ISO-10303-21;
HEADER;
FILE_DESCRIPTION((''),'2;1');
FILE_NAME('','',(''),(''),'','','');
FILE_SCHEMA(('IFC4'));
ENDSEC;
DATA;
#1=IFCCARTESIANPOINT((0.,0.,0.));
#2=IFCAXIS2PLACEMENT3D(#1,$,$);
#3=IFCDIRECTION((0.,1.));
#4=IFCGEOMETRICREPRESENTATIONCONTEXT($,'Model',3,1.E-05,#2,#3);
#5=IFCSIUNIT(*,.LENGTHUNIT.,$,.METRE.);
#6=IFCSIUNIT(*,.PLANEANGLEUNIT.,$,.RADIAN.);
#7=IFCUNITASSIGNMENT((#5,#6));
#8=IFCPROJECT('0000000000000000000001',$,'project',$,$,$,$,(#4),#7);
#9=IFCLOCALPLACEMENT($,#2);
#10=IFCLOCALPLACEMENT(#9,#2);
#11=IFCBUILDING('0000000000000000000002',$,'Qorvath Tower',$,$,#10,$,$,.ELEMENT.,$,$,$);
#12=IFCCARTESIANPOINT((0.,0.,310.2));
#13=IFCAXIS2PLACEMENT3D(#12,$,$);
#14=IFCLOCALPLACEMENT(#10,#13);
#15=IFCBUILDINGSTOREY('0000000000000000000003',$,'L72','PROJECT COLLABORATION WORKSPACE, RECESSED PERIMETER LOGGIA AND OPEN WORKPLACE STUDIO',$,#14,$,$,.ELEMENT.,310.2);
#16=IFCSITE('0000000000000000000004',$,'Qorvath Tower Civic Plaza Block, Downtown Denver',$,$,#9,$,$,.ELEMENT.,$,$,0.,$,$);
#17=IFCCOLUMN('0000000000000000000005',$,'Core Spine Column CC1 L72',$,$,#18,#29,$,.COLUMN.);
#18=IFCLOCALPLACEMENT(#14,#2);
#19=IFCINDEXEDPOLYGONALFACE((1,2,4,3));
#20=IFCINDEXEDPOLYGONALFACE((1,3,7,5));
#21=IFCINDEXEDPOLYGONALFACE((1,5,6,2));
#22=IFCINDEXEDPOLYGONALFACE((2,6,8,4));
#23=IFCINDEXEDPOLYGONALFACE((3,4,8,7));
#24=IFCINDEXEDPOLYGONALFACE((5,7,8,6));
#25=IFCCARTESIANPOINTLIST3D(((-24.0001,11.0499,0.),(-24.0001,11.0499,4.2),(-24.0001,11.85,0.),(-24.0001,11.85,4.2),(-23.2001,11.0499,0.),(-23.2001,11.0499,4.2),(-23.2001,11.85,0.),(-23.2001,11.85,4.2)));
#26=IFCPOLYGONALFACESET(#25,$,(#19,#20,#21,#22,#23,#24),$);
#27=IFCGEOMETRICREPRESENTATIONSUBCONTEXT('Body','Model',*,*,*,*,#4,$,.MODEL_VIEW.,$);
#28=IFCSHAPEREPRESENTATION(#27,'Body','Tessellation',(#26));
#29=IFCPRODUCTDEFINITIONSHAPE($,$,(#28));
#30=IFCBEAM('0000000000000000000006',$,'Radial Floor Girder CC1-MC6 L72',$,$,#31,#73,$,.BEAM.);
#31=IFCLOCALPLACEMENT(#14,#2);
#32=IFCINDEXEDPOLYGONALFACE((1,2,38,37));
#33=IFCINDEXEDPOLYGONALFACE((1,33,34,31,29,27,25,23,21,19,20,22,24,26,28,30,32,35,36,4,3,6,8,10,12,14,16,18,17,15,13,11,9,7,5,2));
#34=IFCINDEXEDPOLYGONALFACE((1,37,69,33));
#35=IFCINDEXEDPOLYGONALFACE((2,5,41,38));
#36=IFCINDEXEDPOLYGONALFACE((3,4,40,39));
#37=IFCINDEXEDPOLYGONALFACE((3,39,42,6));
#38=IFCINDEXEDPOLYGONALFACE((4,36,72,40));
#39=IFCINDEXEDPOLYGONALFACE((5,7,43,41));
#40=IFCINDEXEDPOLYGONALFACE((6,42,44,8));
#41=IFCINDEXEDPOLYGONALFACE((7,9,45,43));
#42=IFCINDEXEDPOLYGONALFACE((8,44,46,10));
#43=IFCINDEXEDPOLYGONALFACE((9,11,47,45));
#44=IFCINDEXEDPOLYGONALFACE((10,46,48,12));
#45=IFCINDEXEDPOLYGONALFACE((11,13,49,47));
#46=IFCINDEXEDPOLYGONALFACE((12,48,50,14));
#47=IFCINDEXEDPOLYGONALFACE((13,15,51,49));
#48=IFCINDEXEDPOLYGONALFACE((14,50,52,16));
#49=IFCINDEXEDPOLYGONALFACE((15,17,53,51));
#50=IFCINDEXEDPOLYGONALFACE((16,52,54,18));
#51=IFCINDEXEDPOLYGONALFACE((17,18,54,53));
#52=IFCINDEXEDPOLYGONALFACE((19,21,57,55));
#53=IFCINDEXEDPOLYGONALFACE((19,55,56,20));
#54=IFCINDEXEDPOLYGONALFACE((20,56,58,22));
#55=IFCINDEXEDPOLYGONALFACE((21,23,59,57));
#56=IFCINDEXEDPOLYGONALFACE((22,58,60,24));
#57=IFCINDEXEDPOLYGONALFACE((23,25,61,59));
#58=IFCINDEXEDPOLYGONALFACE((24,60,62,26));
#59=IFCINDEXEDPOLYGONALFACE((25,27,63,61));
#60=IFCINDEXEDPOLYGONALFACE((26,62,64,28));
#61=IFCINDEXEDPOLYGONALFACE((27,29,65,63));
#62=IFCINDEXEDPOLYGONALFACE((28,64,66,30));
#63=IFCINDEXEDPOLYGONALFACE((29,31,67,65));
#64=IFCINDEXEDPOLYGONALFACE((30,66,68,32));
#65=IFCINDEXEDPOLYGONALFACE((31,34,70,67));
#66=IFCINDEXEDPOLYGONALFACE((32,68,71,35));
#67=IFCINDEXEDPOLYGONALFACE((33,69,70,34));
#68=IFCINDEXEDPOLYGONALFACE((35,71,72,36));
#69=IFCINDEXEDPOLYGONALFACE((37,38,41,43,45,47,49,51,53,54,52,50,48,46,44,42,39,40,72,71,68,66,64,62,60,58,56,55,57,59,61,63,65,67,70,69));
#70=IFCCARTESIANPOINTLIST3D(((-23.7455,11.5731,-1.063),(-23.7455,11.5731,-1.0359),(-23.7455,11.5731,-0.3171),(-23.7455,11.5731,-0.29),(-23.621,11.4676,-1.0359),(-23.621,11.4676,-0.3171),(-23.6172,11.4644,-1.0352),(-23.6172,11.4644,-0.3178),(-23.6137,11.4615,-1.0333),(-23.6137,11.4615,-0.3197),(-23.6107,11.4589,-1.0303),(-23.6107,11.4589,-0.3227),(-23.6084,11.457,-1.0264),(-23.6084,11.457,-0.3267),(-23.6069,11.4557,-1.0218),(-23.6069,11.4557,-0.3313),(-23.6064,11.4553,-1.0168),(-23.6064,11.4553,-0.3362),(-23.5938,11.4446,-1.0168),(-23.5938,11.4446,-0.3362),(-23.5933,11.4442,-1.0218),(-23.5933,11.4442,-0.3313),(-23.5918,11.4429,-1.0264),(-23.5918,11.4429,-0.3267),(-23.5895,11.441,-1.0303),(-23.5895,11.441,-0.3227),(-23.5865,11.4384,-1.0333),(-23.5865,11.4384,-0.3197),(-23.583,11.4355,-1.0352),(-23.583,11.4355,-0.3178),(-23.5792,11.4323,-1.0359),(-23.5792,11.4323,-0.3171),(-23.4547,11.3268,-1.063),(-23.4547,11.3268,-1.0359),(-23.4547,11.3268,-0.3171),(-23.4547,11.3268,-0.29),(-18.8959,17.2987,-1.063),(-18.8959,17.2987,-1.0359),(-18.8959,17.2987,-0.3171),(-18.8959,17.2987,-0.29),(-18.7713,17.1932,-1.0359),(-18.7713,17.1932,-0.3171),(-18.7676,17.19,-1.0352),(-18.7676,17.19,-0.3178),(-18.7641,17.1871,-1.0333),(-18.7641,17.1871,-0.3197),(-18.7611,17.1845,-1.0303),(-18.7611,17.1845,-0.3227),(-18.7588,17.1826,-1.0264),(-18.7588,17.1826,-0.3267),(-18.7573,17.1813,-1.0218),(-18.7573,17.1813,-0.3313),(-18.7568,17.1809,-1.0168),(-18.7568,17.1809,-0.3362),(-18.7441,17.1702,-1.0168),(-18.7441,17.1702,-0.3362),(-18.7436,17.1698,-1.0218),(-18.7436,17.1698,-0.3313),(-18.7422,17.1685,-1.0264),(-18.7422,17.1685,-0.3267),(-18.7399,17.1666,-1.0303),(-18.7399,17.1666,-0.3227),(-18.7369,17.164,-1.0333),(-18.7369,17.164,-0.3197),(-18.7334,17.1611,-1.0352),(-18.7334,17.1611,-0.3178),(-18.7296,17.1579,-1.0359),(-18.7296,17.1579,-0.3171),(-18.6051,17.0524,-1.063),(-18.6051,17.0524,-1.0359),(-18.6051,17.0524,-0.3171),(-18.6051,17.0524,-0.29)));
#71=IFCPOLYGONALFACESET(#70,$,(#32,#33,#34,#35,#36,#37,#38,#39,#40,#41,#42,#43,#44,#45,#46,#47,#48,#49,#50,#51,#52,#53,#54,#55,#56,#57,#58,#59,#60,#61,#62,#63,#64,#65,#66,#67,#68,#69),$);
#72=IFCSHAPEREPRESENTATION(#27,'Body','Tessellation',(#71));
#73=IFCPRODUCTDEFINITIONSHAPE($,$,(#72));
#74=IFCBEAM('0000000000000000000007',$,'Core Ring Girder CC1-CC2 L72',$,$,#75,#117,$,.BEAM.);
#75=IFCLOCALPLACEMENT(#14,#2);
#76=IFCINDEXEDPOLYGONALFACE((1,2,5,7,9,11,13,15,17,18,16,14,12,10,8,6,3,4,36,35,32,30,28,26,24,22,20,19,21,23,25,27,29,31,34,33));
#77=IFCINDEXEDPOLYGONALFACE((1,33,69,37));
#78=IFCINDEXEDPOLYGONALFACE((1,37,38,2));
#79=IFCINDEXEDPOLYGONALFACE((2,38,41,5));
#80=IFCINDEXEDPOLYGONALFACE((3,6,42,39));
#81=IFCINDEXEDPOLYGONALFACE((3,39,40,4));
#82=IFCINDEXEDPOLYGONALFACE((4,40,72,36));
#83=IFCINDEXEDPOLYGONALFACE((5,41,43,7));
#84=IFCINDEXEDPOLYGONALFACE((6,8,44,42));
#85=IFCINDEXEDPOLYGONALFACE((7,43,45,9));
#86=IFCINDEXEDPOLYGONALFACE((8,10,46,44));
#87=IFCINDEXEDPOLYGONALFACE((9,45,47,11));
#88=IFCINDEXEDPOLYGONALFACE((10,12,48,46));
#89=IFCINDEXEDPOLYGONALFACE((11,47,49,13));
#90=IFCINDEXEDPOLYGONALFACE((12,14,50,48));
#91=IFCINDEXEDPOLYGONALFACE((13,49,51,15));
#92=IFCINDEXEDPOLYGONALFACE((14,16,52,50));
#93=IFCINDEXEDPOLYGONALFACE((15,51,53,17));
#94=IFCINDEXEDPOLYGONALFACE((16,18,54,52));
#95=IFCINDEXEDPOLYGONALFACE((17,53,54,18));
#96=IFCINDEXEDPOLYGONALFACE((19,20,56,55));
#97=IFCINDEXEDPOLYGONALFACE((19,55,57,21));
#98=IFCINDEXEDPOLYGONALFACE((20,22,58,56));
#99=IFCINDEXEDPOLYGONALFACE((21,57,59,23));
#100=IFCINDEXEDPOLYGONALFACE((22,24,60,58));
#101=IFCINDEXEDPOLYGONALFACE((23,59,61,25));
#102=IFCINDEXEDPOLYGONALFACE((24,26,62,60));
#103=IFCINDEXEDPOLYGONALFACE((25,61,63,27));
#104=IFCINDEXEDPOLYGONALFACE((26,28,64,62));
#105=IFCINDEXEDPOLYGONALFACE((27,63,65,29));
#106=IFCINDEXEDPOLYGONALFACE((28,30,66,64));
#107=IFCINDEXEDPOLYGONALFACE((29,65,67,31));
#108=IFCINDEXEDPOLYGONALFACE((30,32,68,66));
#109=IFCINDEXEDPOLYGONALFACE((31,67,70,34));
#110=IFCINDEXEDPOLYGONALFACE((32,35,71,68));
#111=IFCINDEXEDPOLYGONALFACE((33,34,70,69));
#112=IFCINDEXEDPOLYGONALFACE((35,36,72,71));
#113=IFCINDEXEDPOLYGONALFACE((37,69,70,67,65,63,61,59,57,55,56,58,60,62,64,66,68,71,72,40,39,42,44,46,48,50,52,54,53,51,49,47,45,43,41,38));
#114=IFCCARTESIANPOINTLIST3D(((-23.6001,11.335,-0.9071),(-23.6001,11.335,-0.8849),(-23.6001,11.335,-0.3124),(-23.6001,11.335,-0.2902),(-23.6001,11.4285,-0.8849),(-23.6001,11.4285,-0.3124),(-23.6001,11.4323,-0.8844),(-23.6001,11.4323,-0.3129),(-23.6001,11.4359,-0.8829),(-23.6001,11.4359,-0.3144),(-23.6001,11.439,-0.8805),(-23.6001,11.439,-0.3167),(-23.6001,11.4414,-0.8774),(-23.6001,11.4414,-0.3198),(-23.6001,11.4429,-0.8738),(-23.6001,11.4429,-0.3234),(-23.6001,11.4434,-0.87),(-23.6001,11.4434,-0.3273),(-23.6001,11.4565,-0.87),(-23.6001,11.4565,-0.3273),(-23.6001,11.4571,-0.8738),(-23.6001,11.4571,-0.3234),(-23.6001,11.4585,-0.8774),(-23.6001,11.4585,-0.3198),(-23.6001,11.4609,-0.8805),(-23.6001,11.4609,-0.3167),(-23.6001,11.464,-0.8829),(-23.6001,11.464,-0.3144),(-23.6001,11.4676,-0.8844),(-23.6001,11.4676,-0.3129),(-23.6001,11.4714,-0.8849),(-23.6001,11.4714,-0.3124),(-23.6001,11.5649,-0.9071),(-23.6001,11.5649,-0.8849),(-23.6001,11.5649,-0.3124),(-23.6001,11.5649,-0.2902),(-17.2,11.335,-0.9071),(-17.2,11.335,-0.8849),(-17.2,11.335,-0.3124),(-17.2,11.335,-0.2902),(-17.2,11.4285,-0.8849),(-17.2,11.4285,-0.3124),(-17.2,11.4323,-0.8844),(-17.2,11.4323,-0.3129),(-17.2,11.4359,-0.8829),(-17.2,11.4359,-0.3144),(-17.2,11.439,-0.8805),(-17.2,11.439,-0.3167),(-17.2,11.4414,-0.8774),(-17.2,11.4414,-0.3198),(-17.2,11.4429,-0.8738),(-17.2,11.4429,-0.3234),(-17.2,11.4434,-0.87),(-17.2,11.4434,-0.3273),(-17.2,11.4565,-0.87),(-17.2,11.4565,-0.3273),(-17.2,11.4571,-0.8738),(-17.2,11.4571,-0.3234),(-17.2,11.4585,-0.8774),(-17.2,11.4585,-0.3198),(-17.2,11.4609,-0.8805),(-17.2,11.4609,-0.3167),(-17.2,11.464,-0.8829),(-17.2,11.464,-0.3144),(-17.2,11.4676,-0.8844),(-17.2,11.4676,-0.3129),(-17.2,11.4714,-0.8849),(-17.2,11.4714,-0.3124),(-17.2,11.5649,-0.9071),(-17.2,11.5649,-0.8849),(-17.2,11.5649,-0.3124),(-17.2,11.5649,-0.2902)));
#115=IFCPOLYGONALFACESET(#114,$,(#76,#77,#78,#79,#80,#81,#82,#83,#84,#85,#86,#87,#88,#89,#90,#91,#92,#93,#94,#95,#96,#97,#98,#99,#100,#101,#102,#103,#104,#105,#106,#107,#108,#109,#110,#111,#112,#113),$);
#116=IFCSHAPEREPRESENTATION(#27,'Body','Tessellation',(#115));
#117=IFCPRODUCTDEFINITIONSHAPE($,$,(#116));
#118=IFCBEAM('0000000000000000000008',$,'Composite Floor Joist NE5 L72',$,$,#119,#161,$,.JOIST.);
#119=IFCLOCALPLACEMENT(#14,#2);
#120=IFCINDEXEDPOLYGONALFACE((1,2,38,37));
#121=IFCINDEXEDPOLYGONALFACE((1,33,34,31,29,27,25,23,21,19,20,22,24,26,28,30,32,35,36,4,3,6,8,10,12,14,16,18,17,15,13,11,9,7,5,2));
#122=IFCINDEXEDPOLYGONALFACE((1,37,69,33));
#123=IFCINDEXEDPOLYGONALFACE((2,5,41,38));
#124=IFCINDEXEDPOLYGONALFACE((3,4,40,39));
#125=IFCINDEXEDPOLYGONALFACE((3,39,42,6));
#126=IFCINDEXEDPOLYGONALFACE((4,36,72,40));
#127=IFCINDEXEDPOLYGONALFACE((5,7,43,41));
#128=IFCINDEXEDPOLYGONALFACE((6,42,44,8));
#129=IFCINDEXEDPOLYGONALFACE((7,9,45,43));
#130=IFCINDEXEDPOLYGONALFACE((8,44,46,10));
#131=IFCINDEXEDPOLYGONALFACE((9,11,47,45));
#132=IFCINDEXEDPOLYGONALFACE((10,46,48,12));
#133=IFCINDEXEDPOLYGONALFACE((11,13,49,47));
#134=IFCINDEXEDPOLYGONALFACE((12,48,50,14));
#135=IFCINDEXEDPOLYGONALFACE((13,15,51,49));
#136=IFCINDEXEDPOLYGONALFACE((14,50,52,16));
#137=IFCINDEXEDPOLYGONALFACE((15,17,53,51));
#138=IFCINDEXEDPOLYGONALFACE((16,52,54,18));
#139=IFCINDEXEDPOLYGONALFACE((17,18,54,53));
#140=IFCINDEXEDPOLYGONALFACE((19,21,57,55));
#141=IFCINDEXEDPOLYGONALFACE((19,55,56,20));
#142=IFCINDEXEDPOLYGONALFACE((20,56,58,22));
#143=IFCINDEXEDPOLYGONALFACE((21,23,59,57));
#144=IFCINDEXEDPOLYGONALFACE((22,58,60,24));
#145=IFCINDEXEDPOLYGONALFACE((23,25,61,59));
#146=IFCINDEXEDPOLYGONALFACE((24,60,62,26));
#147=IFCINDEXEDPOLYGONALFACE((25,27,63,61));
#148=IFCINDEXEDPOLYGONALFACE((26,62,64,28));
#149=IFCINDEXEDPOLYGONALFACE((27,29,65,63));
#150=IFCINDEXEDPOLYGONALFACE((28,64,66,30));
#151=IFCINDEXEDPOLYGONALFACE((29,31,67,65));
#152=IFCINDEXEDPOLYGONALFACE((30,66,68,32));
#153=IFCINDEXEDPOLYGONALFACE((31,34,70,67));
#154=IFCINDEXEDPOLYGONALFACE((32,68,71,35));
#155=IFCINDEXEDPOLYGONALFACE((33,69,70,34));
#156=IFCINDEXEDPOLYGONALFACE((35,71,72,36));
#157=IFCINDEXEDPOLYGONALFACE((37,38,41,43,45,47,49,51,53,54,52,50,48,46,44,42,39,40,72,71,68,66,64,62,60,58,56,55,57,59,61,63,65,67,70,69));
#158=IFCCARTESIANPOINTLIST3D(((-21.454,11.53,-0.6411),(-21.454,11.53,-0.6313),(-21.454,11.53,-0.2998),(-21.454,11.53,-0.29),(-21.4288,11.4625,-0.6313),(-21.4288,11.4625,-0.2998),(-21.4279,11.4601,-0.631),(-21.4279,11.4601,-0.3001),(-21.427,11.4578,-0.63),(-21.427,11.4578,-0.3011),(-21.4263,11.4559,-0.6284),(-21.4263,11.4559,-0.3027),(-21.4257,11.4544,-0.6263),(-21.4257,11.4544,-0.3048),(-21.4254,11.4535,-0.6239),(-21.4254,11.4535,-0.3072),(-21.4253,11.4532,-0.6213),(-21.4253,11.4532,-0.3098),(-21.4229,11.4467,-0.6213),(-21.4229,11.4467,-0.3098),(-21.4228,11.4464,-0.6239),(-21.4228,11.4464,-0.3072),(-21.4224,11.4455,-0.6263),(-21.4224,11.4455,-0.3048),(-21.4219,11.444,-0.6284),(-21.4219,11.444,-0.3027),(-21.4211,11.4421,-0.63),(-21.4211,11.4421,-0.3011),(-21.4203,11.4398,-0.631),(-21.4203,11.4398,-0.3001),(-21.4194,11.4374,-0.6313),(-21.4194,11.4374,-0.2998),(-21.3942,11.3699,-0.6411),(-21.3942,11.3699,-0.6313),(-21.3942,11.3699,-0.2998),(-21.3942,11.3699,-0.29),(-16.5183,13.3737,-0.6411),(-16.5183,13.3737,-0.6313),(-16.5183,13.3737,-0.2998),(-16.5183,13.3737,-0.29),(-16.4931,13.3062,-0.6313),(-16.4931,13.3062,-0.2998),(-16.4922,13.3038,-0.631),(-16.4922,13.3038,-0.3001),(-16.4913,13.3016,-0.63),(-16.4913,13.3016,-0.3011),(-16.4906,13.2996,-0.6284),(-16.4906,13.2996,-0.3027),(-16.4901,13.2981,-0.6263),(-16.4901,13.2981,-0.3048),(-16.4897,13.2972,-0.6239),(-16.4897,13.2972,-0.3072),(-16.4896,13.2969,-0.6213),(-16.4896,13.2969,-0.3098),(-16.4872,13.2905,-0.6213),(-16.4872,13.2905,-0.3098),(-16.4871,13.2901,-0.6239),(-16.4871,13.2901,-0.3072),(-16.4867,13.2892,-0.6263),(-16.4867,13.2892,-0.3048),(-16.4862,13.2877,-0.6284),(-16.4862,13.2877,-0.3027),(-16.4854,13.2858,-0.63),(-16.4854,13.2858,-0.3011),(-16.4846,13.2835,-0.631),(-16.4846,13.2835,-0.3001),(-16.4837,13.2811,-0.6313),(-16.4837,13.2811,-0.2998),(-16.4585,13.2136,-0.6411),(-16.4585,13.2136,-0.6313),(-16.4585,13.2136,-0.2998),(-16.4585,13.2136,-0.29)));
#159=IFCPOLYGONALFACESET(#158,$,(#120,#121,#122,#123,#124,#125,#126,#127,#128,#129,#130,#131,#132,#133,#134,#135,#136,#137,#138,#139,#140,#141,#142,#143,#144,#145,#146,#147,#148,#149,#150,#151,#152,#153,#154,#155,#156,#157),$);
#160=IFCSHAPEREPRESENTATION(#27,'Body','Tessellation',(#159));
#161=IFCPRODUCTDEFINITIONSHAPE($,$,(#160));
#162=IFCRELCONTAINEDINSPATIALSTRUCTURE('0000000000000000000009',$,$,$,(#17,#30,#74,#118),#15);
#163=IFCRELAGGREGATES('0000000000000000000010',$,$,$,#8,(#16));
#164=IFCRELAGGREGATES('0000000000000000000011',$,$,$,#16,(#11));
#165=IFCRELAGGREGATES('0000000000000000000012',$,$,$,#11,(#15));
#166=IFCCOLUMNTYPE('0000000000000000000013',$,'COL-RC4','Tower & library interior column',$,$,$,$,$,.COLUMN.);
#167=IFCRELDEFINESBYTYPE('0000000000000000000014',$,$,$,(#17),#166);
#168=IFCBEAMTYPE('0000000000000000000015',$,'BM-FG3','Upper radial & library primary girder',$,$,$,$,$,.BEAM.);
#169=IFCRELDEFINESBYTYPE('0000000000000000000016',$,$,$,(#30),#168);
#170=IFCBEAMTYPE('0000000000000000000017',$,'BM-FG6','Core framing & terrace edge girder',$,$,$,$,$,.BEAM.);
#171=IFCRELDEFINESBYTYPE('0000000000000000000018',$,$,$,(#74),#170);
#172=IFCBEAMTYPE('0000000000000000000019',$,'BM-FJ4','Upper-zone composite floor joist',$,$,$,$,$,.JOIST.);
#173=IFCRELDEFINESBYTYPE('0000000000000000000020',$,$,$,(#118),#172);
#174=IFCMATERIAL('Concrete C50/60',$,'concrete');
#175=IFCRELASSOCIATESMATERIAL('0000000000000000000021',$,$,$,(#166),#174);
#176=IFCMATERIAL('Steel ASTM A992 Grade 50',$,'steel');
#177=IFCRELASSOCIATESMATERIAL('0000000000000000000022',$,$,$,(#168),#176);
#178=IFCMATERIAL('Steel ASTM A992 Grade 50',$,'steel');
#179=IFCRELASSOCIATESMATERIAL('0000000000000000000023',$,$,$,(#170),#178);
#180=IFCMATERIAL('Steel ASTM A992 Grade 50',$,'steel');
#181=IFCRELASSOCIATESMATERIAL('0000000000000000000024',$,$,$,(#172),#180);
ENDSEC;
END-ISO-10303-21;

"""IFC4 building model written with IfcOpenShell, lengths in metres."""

from ifc_helpers import new_model, si_unit, direction, frame, origin, origin_2d, place, context, subcontext, project, spatial, rectangle, i_section, extrude, material, material_profile, profile_set, type_object, element, save


model = new_model("IFC4")

# Units and contexts
model_context = context("Model", 3, precision=1e-05, world=origin(), true_north=direction((0.0, 1.0)))
body_context = subcontext(model_context, "Body", "Model", "MODEL_VIEW")
ifc_project = project(units=[si_unit("LENGTHUNIT", "METRE"), si_unit("PLANEANGLEUNIT", "RADIAN")], contexts=[model_context])

# Site, building, storey
site_placement = place(None, origin())
site = spatial("IfcSite", under=ifc_project, at=site_placement, Name="Qorvath Tower Civic Plaza Block, Downtown Denver", CompositionType="ELEMENT", RefElevation=0.0)
building_placement = place(site_placement, origin())
building = spatial("IfcBuilding", under=site, at=building_placement, Name="Qorvath Tower", CompositionType="ELEMENT")
storey_placement = place(building_placement, frame((0.0, 0.0, 310.2)))
storey = spatial("IfcBuildingStorey", under=building, at=storey_placement, Name="L72", Description="PROJECT COLLABORATION WORKSPACE, RECESSED PERIMETER LOGGIA AND OPEN WORKPLACE STUDIO", CompositionType="ELEMENT", Elevation=310.2)

# Column
ifc_material_1 = material(Name="Concrete C50/60", Category="concrete")
ifc_material_profile_1 = material_profile(ifc_material_1, rectangle(XDim=0.8, YDim=0.8, at=origin_2d()), Name="RC 800x800")
ifc_profile_set_1 = profile_set([ifc_material_profile_1], Name="Concrete C50/60")
column_type = type_object("IfcColumnType", Name="COL-RC4", Description="Tower & library interior column", PredefinedType="COLUMN", material=ifc_profile_set_1)
column_placement = place(storey_placement, frame((-23.6001, 11.45, 0.0), z_axis=(0.0, 0.0, 1.0), x_axis=(1.0, 0.0, 0.0)))
element("IfcColumn", 1, at=column_placement, inside=storey, type_object=column_type, Name="Core Spine Column CC1 L72", PredefinedType="COLUMN", context=body_context, shape_type="SweptSolid", body=[
    extrude(rectangle(XDim=0.8, YDim=0.8, at=origin_2d()), origin(), (0.0, 0.0, 1.0), 4.2),
])

# Beams
ifc_material_2 = material(Name="Steel ASTM A992 Grade 50", Category="steel")
ifc_material_profile_2 = material_profile(ifc_material_2, i_section(OverallWidth=0.3811, OverallDepth=0.7729, WebThickness=0.0166, FlangeThickness=0.0271, FilletRadius=0.019, at=origin_2d()), Name="W30x173")
ifc_profile_set_2 = profile_set([ifc_material_profile_2], Name="Steel ASTM A992 Grade 50")
beam_type_1 = type_object("IfcBeamType", Name="BM-FG3", Description="Upper radial & library primary girder", PredefinedType="BEAM", material=ifc_profile_set_2)
beam_1_placement = place(storey_placement, frame((-23.6001, 11.45, -0.6765), z_axis=(0.646321, 0.763065, 0.0), x_axis=(-0.763065, 0.646321, 0.0)))
element("IfcBeam", 2, at=beam_1_placement, inside=storey, type_object=beam_type_1, Name="Radial Floor Girder CC1-MC6 L72", PredefinedType="BEAM", context=body_context, shape_type="SweptSolid", body=[
    extrude(i_section(OverallWidth=0.3811, OverallDepth=0.7729, WebThickness=0.0166, FlangeThickness=0.0271, FilletRadius=0.019, at=origin_2d()), origin(), (0.0, 0.0, 1.0), 7.5034),
])
ifc_material_3 = material(Name="Steel ASTM A992 Grade 50", Category="steel")
ifc_material_profile_3 = material_profile(ifc_material_3, i_section(OverallWidth=0.23, OverallDepth=0.6169, WebThickness=0.0132, FlangeThickness=0.0222, FilletRadius=0.0149, at=origin_2d()), Name="W24x94")
ifc_profile_set_3 = profile_set([ifc_material_profile_3], Name="Steel ASTM A992 Grade 50")
beam_type_2 = type_object("IfcBeamType", Name="BM-FG6", Description="Core framing & terrace edge girder", PredefinedType="BEAM", material=ifc_profile_set_3)
beam_2_placement = place(storey_placement, frame((-23.6001, 11.45, -0.5986), z_axis=(1.0, 0.0, 0.0), x_axis=(0.0, 1.0, 0.0)))
element("IfcBeam", 3, at=beam_2_placement, inside=storey, type_object=beam_type_2, Name="Core Ring Girder CC1-CC2 L72", PredefinedType="BEAM", context=body_context, shape_type="SweptSolid", body=[
    extrude(i_section(OverallWidth=0.23, OverallDepth=0.6169, WebThickness=0.0132, FlangeThickness=0.0222, FilletRadius=0.0149, at=origin_2d()), origin(), (0.0, 0.0, 1.0), 6.4001),
])
ifc_material_4 = material(Name="Steel ASTM A992 Grade 50", Category="steel")
ifc_material_profile_4 = material_profile(ifc_material_4, i_section(OverallWidth=0.1709, OverallDepth=0.3511, WebThickness=0.0068, FlangeThickness=0.0098, FilletRadius=0.01, at=origin_2d()), Name="W14x30")
ifc_profile_set_4 = profile_set([ifc_material_profile_4], Name="Steel ASTM A992 Grade 50")
beam_type_3 = type_object("IfcBeamType", Name="BM-FJ4", Description="Upper-zone composite floor joist", PredefinedType="JOIST", material=ifc_profile_set_4)
beam_3_placement = place(storey_placement, frame((-21.4241, 11.45, -0.4656), z_axis=(0.936776, 0.34993, 0.0), x_axis=(-0.34993, 0.936776, 0.0)))
element("IfcBeam", 4, at=beam_3_placement, inside=storey, type_object=beam_type_3, Name="Composite Floor Joist NE5 L72", PredefinedType="JOIST", context=body_context, shape_type="SweptSolid", body=[
    extrude(i_section(OverallWidth=0.1709, OverallDepth=0.3511, WebThickness=0.0068, FlangeThickness=0.0098, FilletRadius=0.01, at=origin_2d()), origin(), (0.0, 0.0, 1.0), 5.2688),
])

save(model, "model.ifc")
